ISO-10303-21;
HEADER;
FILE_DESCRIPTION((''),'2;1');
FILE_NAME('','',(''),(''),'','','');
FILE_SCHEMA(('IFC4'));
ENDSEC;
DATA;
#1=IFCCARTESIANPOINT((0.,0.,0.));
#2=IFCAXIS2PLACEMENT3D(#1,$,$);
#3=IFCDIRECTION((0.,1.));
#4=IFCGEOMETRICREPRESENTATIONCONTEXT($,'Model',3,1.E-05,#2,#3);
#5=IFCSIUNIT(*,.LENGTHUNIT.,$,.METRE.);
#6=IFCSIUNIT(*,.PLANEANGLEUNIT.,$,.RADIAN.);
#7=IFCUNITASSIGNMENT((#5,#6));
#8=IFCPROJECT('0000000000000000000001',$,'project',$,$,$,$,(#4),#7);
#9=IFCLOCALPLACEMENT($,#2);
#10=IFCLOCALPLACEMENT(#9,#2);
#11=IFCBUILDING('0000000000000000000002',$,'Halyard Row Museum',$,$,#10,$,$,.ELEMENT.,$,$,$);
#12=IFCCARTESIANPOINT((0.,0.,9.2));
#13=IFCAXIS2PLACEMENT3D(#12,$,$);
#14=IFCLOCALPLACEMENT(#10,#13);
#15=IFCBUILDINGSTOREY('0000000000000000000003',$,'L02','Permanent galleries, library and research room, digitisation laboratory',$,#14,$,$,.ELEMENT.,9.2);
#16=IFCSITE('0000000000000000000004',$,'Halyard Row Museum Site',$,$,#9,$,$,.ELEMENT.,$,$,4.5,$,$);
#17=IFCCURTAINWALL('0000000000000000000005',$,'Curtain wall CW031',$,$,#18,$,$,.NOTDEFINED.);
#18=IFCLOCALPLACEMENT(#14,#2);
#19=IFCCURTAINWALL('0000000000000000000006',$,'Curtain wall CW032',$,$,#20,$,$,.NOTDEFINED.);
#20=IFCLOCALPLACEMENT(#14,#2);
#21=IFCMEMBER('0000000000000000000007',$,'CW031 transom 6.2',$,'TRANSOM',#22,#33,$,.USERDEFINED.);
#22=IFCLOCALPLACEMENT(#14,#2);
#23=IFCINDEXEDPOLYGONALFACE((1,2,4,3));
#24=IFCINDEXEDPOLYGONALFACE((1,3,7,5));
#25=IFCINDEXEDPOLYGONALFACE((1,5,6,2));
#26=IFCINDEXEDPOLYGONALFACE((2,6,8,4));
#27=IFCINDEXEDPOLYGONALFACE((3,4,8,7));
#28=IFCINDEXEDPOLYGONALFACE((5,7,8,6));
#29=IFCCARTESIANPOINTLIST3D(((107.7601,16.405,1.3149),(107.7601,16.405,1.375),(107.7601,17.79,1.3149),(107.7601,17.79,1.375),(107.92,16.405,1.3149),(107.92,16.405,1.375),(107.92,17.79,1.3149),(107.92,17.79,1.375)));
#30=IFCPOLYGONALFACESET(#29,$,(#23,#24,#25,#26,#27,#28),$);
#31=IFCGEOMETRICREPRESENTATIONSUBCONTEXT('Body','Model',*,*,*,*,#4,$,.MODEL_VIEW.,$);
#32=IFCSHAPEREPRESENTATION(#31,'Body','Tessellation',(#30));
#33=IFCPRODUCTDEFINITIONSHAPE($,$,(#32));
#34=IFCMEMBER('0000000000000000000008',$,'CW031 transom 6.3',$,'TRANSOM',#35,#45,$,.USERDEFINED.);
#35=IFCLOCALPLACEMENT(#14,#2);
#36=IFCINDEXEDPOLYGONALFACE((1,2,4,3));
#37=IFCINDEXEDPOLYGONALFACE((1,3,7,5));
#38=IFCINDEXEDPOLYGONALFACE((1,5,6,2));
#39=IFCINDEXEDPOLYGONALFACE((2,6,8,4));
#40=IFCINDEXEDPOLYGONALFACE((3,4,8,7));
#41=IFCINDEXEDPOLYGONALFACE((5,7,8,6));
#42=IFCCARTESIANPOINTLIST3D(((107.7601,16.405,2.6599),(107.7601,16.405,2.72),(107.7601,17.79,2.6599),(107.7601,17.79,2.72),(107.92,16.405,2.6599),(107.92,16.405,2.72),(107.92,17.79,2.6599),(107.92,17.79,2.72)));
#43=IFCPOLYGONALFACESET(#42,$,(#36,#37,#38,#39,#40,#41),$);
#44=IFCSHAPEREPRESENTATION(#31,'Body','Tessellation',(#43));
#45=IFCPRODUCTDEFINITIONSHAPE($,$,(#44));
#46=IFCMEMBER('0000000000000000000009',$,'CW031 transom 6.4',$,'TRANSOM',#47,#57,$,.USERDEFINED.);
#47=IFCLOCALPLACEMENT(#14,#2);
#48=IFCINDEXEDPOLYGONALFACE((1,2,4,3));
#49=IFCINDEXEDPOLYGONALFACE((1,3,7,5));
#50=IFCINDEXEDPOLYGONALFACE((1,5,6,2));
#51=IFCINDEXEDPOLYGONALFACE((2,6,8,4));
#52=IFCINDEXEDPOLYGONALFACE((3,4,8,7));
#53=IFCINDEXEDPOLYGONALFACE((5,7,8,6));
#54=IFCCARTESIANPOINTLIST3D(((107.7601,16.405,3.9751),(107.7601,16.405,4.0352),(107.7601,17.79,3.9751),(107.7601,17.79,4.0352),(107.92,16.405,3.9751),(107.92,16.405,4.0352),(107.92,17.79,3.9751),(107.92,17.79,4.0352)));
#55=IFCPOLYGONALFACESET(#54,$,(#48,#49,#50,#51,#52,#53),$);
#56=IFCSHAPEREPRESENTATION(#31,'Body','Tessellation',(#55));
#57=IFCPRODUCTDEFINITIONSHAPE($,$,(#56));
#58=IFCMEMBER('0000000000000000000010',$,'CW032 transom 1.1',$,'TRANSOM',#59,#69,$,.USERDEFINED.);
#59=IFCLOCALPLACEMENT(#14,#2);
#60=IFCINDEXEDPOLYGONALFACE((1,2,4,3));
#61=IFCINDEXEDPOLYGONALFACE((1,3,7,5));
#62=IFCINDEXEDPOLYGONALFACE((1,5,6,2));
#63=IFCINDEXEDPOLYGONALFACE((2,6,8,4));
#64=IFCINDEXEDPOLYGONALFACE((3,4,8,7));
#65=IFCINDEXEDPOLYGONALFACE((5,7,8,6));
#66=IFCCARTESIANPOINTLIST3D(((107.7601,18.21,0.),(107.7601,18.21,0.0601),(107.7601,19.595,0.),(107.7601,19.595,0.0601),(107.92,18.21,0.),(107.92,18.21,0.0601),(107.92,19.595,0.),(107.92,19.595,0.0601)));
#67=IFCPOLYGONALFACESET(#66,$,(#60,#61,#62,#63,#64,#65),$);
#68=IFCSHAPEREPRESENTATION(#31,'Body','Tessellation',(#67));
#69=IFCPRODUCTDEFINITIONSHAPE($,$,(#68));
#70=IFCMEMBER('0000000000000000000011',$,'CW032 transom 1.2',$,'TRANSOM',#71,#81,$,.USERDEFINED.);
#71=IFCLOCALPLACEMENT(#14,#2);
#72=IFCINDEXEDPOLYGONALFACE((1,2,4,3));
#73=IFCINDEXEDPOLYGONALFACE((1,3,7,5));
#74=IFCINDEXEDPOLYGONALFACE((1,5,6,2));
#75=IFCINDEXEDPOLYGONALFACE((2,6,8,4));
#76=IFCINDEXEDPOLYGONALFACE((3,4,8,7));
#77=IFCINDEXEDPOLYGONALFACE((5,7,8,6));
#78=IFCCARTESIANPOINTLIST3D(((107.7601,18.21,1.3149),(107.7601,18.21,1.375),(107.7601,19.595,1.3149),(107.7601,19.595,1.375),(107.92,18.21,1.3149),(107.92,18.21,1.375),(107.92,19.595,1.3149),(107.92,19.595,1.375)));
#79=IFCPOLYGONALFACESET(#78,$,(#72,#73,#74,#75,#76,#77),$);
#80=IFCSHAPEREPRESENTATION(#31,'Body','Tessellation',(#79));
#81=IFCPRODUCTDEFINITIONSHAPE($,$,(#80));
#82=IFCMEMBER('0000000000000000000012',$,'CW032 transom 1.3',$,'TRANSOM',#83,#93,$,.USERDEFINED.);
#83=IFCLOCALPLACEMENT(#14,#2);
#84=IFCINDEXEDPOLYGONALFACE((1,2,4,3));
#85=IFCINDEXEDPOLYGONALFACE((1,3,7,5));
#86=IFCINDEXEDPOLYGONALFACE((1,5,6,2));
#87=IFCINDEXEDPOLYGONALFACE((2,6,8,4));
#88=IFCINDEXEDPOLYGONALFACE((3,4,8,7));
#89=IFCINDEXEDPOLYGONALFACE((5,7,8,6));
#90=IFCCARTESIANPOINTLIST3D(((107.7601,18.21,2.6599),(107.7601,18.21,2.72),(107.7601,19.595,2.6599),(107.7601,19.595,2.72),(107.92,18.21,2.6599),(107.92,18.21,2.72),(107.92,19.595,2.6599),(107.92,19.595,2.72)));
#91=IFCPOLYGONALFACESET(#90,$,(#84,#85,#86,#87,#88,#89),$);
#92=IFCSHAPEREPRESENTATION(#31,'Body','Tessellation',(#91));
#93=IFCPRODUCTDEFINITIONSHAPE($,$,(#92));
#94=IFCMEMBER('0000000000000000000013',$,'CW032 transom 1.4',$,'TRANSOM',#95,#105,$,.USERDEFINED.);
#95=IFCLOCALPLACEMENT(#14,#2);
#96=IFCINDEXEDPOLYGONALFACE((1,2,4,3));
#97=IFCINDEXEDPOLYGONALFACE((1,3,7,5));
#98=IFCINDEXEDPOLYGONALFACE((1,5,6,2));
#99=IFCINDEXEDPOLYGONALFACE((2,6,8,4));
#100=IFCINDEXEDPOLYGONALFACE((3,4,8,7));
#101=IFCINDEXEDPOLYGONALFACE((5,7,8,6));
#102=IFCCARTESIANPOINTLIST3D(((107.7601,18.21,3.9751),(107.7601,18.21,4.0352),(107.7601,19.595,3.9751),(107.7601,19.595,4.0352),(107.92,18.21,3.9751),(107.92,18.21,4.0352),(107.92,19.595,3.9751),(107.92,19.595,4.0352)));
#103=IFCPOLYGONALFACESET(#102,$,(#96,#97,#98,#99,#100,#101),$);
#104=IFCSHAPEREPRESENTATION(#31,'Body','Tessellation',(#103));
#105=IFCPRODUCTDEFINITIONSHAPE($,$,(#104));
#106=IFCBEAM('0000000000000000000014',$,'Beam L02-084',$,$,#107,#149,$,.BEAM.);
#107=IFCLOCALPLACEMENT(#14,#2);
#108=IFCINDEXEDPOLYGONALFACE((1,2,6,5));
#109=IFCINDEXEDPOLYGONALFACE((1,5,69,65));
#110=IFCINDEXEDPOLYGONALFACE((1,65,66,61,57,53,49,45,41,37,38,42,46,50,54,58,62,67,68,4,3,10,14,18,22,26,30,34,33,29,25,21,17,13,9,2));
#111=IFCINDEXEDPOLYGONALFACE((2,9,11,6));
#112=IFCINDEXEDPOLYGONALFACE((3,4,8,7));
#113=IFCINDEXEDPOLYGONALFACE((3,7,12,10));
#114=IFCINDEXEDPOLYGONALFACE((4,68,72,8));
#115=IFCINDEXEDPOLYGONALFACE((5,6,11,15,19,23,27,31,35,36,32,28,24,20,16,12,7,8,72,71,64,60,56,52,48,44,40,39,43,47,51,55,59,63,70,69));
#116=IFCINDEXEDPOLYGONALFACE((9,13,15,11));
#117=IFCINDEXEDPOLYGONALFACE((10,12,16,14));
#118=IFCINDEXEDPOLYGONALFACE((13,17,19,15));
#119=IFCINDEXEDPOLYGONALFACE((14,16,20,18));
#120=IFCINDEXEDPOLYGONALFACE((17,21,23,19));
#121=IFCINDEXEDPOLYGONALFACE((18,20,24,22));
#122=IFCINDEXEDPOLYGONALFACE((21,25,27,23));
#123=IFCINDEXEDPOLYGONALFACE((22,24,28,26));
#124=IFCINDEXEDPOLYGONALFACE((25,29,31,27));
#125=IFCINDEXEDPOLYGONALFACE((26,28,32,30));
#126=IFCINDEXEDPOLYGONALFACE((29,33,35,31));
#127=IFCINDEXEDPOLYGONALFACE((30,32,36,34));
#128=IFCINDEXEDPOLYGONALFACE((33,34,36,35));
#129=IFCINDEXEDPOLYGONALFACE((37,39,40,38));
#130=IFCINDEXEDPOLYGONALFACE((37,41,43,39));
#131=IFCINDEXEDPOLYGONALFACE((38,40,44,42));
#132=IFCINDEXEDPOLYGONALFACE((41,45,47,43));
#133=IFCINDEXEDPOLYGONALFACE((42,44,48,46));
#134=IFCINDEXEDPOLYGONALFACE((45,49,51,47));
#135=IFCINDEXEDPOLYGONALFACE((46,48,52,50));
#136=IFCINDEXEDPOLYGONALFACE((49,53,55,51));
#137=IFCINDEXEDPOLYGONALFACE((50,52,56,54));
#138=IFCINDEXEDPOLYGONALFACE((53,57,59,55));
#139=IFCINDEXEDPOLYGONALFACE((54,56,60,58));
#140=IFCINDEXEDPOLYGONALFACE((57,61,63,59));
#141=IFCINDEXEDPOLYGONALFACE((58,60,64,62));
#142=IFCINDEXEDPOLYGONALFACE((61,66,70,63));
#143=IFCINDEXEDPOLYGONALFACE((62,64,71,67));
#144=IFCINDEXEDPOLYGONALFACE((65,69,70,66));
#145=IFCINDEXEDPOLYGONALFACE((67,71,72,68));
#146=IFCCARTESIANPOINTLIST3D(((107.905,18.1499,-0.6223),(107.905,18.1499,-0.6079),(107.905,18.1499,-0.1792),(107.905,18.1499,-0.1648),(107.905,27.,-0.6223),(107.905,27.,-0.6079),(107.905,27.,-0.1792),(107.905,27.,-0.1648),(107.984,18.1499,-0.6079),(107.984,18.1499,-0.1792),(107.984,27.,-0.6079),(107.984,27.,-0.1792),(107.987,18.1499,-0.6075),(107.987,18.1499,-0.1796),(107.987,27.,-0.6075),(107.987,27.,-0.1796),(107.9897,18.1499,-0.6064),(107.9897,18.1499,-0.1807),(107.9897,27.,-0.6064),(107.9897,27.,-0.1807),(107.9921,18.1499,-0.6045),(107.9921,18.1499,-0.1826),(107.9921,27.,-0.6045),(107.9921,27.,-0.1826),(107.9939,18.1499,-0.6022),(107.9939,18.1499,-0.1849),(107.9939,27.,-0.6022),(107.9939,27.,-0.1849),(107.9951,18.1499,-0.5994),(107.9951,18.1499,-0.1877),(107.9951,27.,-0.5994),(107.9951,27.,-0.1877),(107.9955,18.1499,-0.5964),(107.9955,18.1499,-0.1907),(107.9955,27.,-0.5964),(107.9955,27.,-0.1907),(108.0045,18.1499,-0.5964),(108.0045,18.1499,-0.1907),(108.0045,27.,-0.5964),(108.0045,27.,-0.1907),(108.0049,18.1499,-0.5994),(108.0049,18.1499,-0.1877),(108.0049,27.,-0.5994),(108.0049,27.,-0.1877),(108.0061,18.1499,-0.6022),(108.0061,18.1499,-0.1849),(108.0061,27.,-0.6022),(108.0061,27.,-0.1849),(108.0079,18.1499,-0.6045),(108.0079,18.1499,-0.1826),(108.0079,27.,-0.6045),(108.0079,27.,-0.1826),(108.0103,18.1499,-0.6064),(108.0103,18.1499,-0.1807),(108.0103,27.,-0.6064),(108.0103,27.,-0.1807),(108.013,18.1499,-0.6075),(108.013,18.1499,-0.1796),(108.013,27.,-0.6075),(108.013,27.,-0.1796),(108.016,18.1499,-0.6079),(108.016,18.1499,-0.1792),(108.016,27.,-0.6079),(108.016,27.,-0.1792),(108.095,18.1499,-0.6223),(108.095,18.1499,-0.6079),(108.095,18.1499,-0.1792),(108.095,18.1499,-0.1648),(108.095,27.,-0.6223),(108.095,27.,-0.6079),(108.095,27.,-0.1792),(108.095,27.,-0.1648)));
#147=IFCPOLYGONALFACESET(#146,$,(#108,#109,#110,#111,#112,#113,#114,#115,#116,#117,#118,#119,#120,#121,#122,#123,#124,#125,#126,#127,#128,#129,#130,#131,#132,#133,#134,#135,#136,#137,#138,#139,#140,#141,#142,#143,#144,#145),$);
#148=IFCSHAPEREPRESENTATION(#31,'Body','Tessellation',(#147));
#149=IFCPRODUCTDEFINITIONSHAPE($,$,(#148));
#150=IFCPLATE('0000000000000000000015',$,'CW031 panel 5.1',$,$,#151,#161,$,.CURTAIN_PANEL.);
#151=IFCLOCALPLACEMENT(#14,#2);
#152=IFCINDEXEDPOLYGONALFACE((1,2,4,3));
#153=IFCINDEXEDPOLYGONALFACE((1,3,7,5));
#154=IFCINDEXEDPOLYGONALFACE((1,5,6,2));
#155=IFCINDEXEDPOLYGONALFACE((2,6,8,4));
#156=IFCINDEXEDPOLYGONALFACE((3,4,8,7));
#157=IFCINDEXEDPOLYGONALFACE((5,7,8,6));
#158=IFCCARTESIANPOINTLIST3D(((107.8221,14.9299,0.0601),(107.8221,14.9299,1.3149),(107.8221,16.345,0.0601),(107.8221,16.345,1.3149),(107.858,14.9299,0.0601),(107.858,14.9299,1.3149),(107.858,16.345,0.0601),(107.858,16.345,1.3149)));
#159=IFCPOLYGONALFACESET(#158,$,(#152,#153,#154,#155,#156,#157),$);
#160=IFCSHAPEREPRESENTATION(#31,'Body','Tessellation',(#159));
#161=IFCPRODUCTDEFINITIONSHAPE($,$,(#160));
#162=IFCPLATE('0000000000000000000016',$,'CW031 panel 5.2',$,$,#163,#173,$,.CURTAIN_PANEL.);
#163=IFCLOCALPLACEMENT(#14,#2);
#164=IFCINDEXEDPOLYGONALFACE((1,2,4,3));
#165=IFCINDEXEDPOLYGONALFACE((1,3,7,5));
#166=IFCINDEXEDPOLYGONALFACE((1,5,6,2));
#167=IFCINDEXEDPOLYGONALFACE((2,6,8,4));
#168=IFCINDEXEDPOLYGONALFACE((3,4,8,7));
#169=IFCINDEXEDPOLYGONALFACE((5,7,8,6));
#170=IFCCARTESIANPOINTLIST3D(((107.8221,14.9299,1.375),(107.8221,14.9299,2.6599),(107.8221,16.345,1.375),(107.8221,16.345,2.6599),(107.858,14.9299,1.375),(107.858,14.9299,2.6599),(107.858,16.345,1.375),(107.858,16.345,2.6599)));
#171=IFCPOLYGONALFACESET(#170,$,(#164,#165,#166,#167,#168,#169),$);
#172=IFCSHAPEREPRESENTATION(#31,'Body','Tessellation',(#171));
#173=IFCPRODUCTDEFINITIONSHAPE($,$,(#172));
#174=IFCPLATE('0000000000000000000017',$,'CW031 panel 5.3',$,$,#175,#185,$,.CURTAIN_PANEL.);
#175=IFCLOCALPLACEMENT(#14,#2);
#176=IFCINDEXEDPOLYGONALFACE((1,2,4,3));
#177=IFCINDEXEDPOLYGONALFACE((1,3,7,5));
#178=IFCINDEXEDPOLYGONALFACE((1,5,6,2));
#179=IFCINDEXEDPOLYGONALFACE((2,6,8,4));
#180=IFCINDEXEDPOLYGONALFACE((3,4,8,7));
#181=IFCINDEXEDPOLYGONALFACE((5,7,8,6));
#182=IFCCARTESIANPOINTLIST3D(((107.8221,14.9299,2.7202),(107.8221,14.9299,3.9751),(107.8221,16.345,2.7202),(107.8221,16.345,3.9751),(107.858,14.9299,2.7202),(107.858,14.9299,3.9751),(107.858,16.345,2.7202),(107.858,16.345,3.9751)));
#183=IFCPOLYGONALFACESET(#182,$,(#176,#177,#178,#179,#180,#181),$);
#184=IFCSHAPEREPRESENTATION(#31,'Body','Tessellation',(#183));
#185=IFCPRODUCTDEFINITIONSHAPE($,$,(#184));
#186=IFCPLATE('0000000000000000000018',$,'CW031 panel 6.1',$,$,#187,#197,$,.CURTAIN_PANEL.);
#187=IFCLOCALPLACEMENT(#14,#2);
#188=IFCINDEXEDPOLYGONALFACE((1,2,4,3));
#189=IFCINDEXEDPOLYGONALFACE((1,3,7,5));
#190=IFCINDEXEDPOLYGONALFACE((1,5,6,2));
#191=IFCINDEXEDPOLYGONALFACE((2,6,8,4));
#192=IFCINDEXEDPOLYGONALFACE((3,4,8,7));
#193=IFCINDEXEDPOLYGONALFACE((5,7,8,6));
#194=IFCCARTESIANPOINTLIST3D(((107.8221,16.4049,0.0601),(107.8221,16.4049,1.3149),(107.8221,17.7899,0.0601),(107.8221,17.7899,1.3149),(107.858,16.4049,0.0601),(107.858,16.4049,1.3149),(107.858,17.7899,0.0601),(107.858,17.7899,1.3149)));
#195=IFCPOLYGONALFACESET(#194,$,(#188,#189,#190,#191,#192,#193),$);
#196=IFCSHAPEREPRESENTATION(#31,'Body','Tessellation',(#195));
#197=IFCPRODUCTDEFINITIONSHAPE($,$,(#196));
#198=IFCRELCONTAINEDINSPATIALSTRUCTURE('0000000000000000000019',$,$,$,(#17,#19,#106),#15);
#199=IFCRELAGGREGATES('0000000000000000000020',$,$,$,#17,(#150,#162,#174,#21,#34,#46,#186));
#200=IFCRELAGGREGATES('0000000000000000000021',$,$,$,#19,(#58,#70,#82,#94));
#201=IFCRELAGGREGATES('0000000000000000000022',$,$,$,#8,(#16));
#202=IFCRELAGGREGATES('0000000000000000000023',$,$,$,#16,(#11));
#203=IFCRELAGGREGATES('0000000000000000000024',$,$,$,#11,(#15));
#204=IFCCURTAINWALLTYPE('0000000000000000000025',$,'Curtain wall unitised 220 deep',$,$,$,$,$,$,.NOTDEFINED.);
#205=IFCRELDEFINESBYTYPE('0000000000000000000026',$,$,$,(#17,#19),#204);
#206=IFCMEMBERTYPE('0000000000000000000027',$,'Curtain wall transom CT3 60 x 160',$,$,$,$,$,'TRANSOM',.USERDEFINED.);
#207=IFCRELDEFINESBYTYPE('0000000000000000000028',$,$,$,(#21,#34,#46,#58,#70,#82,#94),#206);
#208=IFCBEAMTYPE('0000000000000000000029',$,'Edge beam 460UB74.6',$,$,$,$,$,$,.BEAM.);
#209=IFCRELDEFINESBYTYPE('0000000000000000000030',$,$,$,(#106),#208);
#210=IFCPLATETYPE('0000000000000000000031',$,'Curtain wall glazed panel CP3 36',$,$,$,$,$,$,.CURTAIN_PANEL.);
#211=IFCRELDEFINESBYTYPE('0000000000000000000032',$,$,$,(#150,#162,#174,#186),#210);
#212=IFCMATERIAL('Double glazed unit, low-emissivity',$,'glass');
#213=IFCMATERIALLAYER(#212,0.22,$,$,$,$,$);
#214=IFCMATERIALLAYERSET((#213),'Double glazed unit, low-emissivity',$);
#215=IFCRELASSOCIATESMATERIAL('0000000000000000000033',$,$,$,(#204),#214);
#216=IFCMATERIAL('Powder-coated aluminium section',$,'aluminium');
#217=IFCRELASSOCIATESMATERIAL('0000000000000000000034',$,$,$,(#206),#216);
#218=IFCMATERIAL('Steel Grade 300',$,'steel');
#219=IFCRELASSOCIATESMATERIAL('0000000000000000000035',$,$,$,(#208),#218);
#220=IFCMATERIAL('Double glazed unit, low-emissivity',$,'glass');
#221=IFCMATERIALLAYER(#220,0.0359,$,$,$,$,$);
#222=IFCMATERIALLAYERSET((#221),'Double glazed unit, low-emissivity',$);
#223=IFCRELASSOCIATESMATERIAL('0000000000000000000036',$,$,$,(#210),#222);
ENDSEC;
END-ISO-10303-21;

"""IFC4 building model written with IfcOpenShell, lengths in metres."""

from ifc_helpers import new_model, si_unit, direction, frame, origin, origin_2d, place, context, subcontext, project, spatial, rectangle, i_section, extrude, material, layer, layer_set, material_profile, profile_set, type_object, element, aggregate, save


model = new_model("IFC4")

# Units and contexts
model_context = context("Model", 3, precision=1e-05, world=origin(), true_north=direction((0.0, 1.0)))
body_context = subcontext(model_context, "Body", "Model", "MODEL_VIEW")
ifc_project = project(units=[si_unit("LENGTHUNIT", "METRE"), si_unit("PLANEANGLEUNIT", "RADIAN")], contexts=[model_context])

# Site, building, storey
site_placement = place(None, origin())
site = spatial("IfcSite", under=ifc_project, at=site_placement, Name="Halyard Row Museum Site", CompositionType="ELEMENT", RefElevation=4.5)
building_placement = place(site_placement, origin())
building = spatial("IfcBuilding", under=site, at=building_placement, Name="Halyard Row Museum", CompositionType="ELEMENT")
storey_placement = place(building_placement, frame((0.0, 0.0, 9.2)))
storey = spatial("IfcBuildingStorey", under=building, at=storey_placement, Name="L02", Description="Permanent galleries, library and research room, digitisation laboratory", CompositionType="ELEMENT", Elevation=9.2)

# Curtain wall
ifc_material_1 = material(Name="Double glazed unit, low-emissivity", Category="glass")
ifc_layer_1 = layer(ifc_material_1, 0.22)
ifc_layer_set_1 = layer_set([ifc_layer_1], Name="Double glazed unit, low-emissivity")
curtain_wall_type = type_object("IfcCurtainWallType", Name="Curtain wall unitised 220 deep", PredefinedType="NOTDEFINED", material=ifc_layer_set_1)
curtain_wall_1_placement = place(storey_placement, origin())
curtain_wall_1 = element("IfcCurtainWall", 1, at=curtain_wall_1_placement, inside=storey, type_object=curtain_wall_type, Name="Curtain wall CW031", PredefinedType="NOTDEFINED")

# Curtain wall
curtain_wall_2_placement = place(storey_placement, origin())
curtain_wall_2 = element("IfcCurtainWall", 2, at=curtain_wall_2_placement, inside=storey, type_object=curtain_wall_type, Name="Curtain wall CW032", PredefinedType="NOTDEFINED")

# Members
ifc_material_2 = material(Name="Powder-coated aluminium section", Category="aluminium")
ifc_material_profile_1 = material_profile(ifc_material_2, rectangle(XDim=0.1599, YDim=0.0601, at=origin_2d()), Name="160x60 transom")
ifc_profile_set_1 = profile_set([ifc_material_profile_1], Name="Powder-coated aluminium section")
member_type_1 = type_object("IfcMemberType", Name="Curtain wall transom CT3 60 x 160", ElementType="TRANSOM", PredefinedType="USERDEFINED", material=ifc_profile_set_1)
member_1_placement = place(storey_placement, frame((107.8401, 16.405, 1.345), z_axis=(0.0, 1.0, 0.0), x_axis=(-1.0, 0.0, 0.0)))
member_1 = element("IfcMember", 3, at=member_1_placement, type_object=member_type_1, Name="CW031 transom 6.2", ObjectType="TRANSOM", PredefinedType="USERDEFINED", context=body_context, shape_type="SweptSolid", body=[
    extrude(rectangle(XDim=0.1599, YDim=0.0601, at=origin_2d()), origin(), (0.0, 0.0, 1.0), 1.385),
])
member_2_placement = place(storey_placement, frame((107.8401, 16.405, 2.6899), z_axis=(0.0, 1.0, 0.0), x_axis=(-1.0, 0.0, 0.0)))
member_2 = element("IfcMember", 4, at=member_2_placement, type_object=member_type_1, Name="CW031 transom 6.3", ObjectType="TRANSOM", PredefinedType="USERDEFINED", context=body_context, shape_type="SweptSolid", body=[
    extrude(rectangle(XDim=0.1599, YDim=0.0601, at=origin_2d()), origin(), (0.0, 0.0, 1.0), 1.385),
])
member_3_placement = place(storey_placement, frame((107.8401, 16.405, 4.0051), z_axis=(0.0, 1.0, 0.0), x_axis=(-1.0, 0.0, 0.0)))
member_3 = element("IfcMember", 5, at=member_3_placement, type_object=member_type_1, Name="CW031 transom 6.4", ObjectType="TRANSOM", PredefinedType="USERDEFINED", context=body_context, shape_type="SweptSolid", body=[
    extrude(rectangle(XDim=0.1599, YDim=0.0601, at=origin_2d()), origin(), (0.0, 0.0, 1.0), 1.385),
])
member_4_placement = place(storey_placement, frame((107.8401, 18.21, 0.03), z_axis=(0.0, 1.0, 0.0), x_axis=(-1.0, 0.0, 0.0)))
member_4 = element("IfcMember", 6, at=member_4_placement, type_object=member_type_1, Name="CW032 transom 1.1", ObjectType="TRANSOM", PredefinedType="USERDEFINED", context=body_context, shape_type="SweptSolid", body=[
    extrude(rectangle(XDim=0.1599, YDim=0.0601, at=origin_2d()), origin(), (0.0, 0.0, 1.0), 1.385),
])
member_5_placement = place(storey_placement, frame((107.8401, 18.21, 1.345), z_axis=(0.0, 1.0, 0.0), x_axis=(-1.0, 0.0, 0.0)))
member_5 = element("IfcMember", 7, at=member_5_placement, type_object=member_type_1, Name="CW032 transom 1.2", ObjectType="TRANSOM", PredefinedType="USERDEFINED", context=body_context, shape_type="SweptSolid", body=[
    extrude(rectangle(XDim=0.1599, YDim=0.0601, at=origin_2d()), origin(), (0.0, 0.0, 1.0), 1.385),
])
member_6_placement = place(storey_placement, frame((107.8401, 18.21, 2.6899), z_axis=(0.0, 1.0, 0.0), x_axis=(-1.0, 0.0, 0.0)))
member_6 = element("IfcMember", 8, at=member_6_placement, type_object=member_type_1, Name="CW032 transom 1.3", ObjectType="TRANSOM", PredefinedType="USERDEFINED", context=body_context, shape_type="SweptSolid", body=[
    extrude(rectangle(XDim=0.1599, YDim=0.0601, at=origin_2d()), origin(), (0.0, 0.0, 1.0), 1.385),
])
member_7_placement = place(storey_placement, frame((107.8401, 18.21, 4.0051), z_axis=(0.0, 1.0, 0.0), x_axis=(-1.0, 0.0, 0.0)))
member_7 = element("IfcMember", 9, at=member_7_placement, type_object=member_type_1, Name="CW032 transom 1.4", ObjectType="TRANSOM", PredefinedType="USERDEFINED", context=body_context, shape_type="SweptSolid", body=[
    extrude(rectangle(XDim=0.1599, YDim=0.0601, at=origin_2d()), origin(), (0.0, 0.0, 1.0), 1.385),
])

# Beam
ifc_material_3 = material(Name="Steel Grade 300", Category="steel")
ifc_material_profile_2 = material_profile(ifc_material_3, i_section(OverallWidth=0.1899, OverallDepth=0.4575, WebThickness=0.009, FlangeThickness=0.0144, FilletRadius=0.0115, at=origin_2d()), Name="460UB74.6")
ifc_profile_set_2 = profile_set([ifc_material_profile_2], Name="Steel Grade 300")
beam_type = type_object("IfcBeamType", Name="Edge beam 460UB74.6", PredefinedType="BEAM", material=ifc_profile_set_2)
beam_placement = place(storey_placement, frame((108.0, 18.1499, -0.3936), z_axis=(0.0, 1.0, 0.0), x_axis=(-1.0, 0.0, 0.0)))
element("IfcBeam", 10, at=beam_placement, inside=storey, type_object=beam_type, Name="Beam L02-084", PredefinedType="BEAM", context=body_context, shape_type="SweptSolid", body=[
    extrude(i_section(OverallWidth=0.1899, OverallDepth=0.4575, WebThickness=0.009, FlangeThickness=0.0144, FilletRadius=0.0115, at=origin_2d()), origin(), (0.0, 0.0, 1.0), 8.8501),
])

# Plates
ifc_material_4 = material(Name="Double glazed unit, low-emissivity", Category="glass")
ifc_layer_2 = layer(ifc_material_4, 0.0359)
ifc_layer_set_2 = layer_set([ifc_layer_2], Name="Double glazed unit, low-emissivity")
plate_type = type_object("IfcPlateType", Name="Curtain wall glazed panel CP3 36", PredefinedType="CURTAIN_PANEL", material=ifc_layer_set_2)
plate_1_placement = place(storey_placement, frame((107.8401, 15.6375, 0.0601), z_axis=(0.0, 0.0, 1.0), x_axis=(0.0, 1.0, 0.0)))
plate_1 = element("IfcPlate", 11, at=plate_1_placement, type_object=plate_type, Name="CW031 panel 5.1", PredefinedType="CURTAIN_PANEL", context=body_context, shape_type="SweptSolid", body=[
    extrude(rectangle(XDim=1.415, YDim=0.0359, at=origin_2d()), origin(), (0.0, 0.0, 1.0), 1.2549),
])
plate_2_placement = place(storey_placement, frame((107.8401, 15.6375, 1.375), z_axis=(0.0, 0.0, 1.0), x_axis=(0.0, 1.0, 0.0)))
plate_2 = element("IfcPlate", 12, at=plate_2_placement, type_object=plate_type, Name="CW031 panel 5.2", PredefinedType="CURTAIN_PANEL", context=body_context, shape_type="SweptSolid", body=[
    extrude(rectangle(XDim=1.415, YDim=0.0359, at=origin_2d()), origin(), (0.0, 0.0, 1.0), 1.2849),
])
plate_3_placement = place(storey_placement, frame((107.8401, 15.6375, 2.7202), z_axis=(0.0, 0.0, 1.0), x_axis=(0.0, 1.0, 0.0)))
plate_3 = element("IfcPlate", 13, at=plate_3_placement, type_object=plate_type, Name="CW031 panel 5.3", PredefinedType="CURTAIN_PANEL", context=body_context, shape_type="SweptSolid", body=[
    extrude(rectangle(XDim=1.415, YDim=0.0359, at=origin_2d()), origin(), (0.0, 0.0, 1.0), 1.2549),
])
plate_4_placement = place(storey_placement, frame((107.8401, 17.0974, 0.0601), z_axis=(0.0, 0.0, 1.0), x_axis=(0.0, 1.0, 0.0)))
plate_4 = element("IfcPlate", 14, at=plate_4_placement, type_object=plate_type, Name="CW031 panel 6.1", PredefinedType="CURTAIN_PANEL", context=body_context, shape_type="SweptSolid", body=[
    extrude(rectangle(XDim=1.385, YDim=0.0359, at=origin_2d()), origin(), (0.0, 0.0, 1.0), 1.2549),
])
aggregate(curtain_wall_1, [plate_1, plate_2, plate_3, member_1, member_2, member_3, plate_4])
aggregate(curtain_wall_2, [member_4, member_5, member_6, member_7])

save(model, "model.ifc")
